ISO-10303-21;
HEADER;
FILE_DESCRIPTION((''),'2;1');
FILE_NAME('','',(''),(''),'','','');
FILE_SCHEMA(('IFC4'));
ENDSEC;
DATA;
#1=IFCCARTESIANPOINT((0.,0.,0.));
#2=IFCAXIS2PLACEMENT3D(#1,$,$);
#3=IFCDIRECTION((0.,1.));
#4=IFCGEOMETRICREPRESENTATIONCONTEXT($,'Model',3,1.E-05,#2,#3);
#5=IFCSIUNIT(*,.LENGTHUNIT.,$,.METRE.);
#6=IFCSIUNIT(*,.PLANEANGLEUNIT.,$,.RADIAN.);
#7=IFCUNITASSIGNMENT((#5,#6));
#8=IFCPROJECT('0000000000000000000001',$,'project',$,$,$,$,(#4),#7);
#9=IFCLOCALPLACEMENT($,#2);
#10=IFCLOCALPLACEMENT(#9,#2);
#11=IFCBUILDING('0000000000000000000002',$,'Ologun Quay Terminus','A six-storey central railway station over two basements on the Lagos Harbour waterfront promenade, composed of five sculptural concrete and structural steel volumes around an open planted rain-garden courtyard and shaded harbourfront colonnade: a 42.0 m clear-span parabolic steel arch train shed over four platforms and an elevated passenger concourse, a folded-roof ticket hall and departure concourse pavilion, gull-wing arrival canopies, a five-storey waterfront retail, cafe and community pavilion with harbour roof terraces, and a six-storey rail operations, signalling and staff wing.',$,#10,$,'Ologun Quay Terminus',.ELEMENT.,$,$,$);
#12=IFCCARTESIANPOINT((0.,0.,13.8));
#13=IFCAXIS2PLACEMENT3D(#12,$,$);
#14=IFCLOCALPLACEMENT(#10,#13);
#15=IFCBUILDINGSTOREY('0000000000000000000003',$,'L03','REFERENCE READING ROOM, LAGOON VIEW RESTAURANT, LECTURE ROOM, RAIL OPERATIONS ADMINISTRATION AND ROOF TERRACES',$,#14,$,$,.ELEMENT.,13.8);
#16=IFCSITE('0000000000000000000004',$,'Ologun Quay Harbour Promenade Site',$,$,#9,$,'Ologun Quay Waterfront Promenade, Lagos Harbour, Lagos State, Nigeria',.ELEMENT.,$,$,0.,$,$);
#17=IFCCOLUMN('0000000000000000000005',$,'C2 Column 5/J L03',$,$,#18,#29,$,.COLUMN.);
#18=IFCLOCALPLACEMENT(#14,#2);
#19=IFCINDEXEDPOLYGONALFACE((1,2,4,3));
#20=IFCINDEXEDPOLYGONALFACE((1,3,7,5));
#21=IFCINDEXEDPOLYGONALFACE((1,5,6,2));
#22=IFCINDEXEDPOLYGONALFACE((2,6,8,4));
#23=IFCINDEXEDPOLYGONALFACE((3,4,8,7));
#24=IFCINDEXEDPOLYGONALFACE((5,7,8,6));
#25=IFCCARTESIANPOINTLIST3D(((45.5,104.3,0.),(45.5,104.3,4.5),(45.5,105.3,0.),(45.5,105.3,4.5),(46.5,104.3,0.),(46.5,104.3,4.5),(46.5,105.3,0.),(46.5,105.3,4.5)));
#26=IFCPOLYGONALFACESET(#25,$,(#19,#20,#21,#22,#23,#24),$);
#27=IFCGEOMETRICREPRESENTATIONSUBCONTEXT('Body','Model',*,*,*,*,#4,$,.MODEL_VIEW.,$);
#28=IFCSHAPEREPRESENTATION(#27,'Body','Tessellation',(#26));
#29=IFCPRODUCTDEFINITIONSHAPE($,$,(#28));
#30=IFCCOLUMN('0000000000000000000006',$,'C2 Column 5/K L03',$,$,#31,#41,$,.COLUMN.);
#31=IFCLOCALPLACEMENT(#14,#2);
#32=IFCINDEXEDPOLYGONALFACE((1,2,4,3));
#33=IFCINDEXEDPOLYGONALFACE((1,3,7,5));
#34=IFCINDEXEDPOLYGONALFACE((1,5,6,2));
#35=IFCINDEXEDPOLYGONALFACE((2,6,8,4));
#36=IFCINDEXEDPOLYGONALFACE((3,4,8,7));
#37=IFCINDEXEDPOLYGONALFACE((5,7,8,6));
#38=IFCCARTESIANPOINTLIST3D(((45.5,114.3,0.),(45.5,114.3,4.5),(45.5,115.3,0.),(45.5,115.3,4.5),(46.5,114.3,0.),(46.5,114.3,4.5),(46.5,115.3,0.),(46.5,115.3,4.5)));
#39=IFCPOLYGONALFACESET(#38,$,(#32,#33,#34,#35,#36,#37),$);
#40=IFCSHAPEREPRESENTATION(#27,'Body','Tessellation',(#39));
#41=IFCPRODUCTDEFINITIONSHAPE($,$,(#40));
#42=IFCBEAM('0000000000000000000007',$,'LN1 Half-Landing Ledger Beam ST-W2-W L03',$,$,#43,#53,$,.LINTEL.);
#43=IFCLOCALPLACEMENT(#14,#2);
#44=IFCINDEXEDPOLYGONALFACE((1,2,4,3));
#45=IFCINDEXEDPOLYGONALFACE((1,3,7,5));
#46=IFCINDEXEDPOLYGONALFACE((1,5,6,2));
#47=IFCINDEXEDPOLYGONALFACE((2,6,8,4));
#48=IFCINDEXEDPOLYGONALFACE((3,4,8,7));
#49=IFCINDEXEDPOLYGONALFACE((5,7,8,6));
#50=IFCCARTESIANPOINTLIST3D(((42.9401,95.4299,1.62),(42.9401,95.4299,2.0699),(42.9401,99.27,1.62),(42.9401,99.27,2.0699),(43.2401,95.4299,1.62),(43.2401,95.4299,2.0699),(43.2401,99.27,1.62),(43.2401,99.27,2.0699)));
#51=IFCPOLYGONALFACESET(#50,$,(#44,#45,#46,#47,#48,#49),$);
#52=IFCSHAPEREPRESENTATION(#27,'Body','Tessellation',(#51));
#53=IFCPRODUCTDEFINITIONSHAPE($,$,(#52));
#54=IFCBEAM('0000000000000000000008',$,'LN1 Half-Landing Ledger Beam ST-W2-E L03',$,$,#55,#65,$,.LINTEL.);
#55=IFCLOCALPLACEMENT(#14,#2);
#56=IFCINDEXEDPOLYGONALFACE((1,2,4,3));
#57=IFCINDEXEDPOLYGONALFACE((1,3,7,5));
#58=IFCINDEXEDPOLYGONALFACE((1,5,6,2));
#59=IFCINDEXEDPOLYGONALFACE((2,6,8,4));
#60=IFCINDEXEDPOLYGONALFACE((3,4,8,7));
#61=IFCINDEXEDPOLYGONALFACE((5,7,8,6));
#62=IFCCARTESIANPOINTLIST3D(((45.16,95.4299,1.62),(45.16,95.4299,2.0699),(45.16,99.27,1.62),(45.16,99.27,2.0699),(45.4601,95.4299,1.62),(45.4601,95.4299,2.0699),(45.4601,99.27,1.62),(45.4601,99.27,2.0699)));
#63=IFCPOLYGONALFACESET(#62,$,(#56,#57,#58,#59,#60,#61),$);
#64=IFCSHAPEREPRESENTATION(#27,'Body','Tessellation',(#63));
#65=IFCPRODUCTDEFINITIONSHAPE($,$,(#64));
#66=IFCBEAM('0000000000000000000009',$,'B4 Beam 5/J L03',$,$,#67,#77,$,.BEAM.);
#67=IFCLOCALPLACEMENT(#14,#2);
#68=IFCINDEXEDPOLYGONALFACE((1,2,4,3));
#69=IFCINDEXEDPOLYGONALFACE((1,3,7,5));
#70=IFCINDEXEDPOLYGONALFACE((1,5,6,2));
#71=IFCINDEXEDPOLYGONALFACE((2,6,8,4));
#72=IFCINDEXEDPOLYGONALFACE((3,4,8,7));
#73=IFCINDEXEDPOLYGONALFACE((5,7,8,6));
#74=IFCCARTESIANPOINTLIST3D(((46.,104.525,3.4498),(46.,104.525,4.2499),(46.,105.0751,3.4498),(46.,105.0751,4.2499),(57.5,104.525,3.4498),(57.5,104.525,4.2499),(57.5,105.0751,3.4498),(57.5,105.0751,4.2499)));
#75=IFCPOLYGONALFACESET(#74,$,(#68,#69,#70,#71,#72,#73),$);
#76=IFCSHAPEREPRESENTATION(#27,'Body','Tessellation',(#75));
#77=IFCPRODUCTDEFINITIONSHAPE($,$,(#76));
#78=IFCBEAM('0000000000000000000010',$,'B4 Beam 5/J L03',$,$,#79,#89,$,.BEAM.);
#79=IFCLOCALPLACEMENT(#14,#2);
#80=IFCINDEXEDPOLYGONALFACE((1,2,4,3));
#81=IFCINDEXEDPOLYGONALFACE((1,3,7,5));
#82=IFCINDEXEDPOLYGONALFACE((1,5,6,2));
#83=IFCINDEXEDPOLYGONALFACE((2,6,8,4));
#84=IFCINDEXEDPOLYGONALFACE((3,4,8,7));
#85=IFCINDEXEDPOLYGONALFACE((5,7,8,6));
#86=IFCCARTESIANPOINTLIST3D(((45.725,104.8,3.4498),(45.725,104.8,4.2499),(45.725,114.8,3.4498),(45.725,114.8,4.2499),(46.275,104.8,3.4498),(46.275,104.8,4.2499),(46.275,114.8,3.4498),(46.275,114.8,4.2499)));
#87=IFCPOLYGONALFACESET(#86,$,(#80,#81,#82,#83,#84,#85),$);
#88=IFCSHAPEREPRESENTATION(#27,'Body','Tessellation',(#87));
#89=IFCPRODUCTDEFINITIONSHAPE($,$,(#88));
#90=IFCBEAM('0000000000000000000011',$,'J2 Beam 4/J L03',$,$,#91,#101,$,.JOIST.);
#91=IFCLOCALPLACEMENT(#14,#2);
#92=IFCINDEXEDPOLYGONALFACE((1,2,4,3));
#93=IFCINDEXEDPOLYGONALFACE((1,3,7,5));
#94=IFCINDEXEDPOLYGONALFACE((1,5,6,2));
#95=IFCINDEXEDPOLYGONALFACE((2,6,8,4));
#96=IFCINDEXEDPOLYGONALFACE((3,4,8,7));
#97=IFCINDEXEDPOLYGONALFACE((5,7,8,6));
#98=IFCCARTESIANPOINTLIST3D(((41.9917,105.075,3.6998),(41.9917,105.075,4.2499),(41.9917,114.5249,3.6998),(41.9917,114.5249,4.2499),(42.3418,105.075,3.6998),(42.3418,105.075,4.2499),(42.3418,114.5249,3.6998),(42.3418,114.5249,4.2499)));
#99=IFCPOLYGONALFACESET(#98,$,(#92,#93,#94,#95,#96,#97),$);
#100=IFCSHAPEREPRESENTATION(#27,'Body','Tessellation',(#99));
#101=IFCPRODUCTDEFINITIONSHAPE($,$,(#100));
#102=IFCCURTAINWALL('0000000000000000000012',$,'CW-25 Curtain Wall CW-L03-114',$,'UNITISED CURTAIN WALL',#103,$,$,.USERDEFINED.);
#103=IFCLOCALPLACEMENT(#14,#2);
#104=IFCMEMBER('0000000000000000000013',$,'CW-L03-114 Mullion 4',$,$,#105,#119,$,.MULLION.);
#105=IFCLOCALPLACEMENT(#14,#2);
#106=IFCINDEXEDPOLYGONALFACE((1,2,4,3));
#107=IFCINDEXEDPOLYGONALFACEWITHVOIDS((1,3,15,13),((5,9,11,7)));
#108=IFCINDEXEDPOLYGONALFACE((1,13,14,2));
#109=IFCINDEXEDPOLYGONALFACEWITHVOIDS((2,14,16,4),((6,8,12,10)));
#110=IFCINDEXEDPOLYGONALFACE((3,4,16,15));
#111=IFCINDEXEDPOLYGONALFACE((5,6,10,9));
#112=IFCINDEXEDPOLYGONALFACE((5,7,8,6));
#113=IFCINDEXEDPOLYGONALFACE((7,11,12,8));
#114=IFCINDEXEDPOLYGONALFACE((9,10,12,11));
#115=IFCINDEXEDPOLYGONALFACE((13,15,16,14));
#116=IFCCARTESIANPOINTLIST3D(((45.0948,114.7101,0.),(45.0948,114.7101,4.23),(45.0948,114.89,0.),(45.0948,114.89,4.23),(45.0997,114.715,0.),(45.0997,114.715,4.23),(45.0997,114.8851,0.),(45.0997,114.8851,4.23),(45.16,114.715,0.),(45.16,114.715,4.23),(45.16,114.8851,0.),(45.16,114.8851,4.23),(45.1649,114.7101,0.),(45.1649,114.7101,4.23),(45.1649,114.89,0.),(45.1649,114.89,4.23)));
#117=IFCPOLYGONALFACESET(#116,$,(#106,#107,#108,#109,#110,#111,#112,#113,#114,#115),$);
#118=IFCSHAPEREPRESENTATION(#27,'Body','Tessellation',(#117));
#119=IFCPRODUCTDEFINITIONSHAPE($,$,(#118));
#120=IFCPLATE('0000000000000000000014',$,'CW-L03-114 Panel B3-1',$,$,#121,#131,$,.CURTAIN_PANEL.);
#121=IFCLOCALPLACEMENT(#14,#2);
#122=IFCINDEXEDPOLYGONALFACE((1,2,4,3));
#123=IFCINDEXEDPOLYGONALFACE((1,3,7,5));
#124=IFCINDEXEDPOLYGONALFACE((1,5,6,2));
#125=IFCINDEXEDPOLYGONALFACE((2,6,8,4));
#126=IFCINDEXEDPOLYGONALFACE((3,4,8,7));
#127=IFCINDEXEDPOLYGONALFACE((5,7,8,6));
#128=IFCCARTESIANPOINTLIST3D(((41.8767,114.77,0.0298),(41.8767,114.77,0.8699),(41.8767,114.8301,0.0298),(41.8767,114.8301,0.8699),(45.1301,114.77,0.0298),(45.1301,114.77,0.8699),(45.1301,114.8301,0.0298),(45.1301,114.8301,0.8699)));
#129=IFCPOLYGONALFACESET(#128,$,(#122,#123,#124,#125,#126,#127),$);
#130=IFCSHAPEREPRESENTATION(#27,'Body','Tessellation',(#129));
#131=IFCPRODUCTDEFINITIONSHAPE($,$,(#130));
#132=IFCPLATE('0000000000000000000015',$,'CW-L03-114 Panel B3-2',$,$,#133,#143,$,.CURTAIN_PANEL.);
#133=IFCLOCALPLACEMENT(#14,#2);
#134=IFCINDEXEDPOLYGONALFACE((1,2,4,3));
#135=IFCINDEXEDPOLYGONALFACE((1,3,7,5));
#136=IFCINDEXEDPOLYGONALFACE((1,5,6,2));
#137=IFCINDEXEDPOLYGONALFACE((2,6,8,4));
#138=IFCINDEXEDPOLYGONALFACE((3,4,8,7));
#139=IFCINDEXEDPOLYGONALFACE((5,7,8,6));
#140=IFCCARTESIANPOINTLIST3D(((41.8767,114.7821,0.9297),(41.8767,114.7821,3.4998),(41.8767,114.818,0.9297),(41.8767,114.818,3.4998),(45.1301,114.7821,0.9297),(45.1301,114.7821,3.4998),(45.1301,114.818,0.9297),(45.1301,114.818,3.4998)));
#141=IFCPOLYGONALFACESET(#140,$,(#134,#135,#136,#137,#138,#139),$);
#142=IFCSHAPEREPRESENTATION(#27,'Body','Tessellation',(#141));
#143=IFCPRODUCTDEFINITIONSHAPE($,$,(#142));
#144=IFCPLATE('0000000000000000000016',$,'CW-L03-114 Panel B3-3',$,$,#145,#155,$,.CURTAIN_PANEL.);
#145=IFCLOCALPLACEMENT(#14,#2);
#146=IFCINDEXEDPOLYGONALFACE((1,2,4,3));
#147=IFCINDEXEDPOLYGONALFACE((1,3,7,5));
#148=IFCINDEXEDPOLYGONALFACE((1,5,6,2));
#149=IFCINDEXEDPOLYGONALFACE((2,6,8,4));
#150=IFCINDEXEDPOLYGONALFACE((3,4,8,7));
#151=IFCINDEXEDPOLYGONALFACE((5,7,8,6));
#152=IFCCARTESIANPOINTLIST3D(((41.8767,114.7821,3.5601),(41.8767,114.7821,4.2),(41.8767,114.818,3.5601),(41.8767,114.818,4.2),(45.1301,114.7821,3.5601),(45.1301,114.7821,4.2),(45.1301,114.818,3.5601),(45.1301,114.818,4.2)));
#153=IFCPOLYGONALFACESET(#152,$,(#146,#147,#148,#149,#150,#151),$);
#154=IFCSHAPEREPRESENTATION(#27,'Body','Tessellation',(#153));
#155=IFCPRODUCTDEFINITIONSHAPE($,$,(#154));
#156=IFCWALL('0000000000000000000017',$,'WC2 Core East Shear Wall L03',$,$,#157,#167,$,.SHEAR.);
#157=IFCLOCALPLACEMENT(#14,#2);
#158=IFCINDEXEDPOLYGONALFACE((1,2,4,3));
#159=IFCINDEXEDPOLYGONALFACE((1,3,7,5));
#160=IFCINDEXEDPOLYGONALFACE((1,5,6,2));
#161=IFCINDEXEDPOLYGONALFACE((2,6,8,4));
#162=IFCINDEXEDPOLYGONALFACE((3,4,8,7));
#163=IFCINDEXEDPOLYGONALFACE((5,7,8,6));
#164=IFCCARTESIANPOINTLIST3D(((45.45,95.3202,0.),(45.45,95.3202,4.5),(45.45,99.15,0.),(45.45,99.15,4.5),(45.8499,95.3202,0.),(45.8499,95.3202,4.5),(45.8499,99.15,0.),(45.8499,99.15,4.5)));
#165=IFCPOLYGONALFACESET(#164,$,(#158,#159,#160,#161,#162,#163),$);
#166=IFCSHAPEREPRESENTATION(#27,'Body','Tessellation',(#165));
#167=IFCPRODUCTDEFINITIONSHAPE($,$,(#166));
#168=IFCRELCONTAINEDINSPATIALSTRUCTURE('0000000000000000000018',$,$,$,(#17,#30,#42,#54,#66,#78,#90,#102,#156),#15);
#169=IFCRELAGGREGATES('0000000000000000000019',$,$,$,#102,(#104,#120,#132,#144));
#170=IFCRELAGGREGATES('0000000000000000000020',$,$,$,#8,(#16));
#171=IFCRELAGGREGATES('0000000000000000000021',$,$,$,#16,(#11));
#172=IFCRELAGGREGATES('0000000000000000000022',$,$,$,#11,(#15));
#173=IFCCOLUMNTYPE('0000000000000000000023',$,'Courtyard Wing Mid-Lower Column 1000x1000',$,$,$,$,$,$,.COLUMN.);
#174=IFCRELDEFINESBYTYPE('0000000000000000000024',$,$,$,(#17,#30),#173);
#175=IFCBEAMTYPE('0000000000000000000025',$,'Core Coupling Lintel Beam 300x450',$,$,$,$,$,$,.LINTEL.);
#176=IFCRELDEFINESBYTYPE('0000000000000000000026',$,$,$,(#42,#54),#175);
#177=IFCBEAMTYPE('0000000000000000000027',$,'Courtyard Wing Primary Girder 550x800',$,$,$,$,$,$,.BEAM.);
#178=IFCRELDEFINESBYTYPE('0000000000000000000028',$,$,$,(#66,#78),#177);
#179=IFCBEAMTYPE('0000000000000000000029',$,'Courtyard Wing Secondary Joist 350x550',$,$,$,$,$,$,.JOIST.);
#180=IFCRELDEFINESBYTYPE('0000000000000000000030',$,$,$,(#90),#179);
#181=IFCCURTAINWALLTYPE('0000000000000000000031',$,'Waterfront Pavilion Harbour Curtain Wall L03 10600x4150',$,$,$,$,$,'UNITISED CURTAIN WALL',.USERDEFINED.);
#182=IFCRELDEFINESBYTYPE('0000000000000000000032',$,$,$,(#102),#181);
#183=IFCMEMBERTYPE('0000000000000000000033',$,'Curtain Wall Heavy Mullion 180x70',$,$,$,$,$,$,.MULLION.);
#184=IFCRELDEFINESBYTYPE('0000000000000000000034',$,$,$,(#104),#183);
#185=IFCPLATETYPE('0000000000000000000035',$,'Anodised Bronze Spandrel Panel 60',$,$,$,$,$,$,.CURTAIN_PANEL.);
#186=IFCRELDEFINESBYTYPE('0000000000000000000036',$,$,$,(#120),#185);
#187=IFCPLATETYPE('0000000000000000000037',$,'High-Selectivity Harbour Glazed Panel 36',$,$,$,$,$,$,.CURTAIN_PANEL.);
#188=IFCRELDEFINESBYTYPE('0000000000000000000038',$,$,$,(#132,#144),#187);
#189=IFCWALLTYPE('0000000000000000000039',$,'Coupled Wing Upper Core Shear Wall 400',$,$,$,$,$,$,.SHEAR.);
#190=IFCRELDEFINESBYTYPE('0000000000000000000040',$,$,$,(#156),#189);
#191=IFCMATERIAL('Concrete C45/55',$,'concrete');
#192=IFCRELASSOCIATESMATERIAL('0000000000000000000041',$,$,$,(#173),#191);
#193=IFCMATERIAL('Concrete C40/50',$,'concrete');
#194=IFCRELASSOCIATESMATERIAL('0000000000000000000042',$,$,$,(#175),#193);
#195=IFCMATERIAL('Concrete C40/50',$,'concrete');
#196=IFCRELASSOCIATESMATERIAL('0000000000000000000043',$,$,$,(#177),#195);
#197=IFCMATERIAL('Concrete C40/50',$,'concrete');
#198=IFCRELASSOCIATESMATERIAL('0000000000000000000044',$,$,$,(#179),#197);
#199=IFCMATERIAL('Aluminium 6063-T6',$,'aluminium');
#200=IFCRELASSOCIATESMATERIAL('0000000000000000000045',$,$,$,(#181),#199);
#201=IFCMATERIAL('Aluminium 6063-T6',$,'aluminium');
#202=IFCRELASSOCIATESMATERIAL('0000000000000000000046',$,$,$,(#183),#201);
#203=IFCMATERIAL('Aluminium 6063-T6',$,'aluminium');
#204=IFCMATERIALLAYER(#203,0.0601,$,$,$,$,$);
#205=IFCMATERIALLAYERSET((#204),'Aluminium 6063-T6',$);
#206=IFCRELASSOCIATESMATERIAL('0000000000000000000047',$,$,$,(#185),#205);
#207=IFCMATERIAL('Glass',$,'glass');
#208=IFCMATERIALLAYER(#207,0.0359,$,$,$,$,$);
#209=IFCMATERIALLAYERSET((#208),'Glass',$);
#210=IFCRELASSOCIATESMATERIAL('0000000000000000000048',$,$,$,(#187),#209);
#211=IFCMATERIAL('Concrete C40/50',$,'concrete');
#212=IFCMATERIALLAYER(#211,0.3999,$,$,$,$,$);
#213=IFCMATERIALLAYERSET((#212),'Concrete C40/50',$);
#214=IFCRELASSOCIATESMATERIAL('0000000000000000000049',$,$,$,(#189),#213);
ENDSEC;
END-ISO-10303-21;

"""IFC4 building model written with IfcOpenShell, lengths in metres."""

from ifc_helpers import new_model, si_unit, direction, frame, frame_2d, origin, origin_2d, place, context, subcontext, project, spatial, rectangle, hollow_rectangle, extrude, material, layer, layer_set, material_profile, profile_set, type_object, element, aggregate, save


model = new_model("IFC4")

# Units and contexts
model_context = context("Model", 3, precision=1e-05, world=origin(), true_north=direction((0.0, 1.0)))
body_context = subcontext(model_context, "Body", "Model", "MODEL_VIEW")
ifc_project = project(units=[si_unit("LENGTHUNIT", "METRE"), si_unit("PLANEANGLEUNIT", "RADIAN")], contexts=[model_context])

# Site, building, storey
site_placement = place(None, origin())
site = spatial("IfcSite", under=ifc_project, at=site_placement, Name="Ologun Quay Harbour Promenade Site", LongName="Ologun Quay Waterfront Promenade, Lagos Harbour, Lagos State, Nigeria", CompositionType="ELEMENT", RefElevation=0.0)
building_placement = place(site_placement, origin())
building = spatial("IfcBuilding", under=site, at=building_placement, Name="Ologun Quay Terminus", Description="A six-storey central railway station over two basements on the Lagos Harbour waterfront promenade, composed of five sculptural concrete and structural steel volumes around an open planted rain-garden courtyard and shaded harbourfront colonnade: a 42.0 m clear-span parabolic steel arch train shed over four platforms and an elevated passenger concourse, a folded-roof ticket hall and departure concourse pavilion, gull-wing arrival canopies, a five-storey waterfront retail, cafe and community pavilion with harbour roof terraces, and a six-storey rail operations, signalling and staff wing.", LongName="Ologun Quay Terminus", CompositionType="ELEMENT")
storey_placement = place(building_placement, frame((0.0, 0.0, 13.8)))
storey = spatial("IfcBuildingStorey", under=building, at=storey_placement, Name="L03", Description="REFERENCE READING ROOM, LAGOON VIEW RESTAURANT, LECTURE ROOM, RAIL OPERATIONS ADMINISTRATION AND ROOF TERRACES", CompositionType="ELEMENT", Elevation=13.8)

# Columns
ifc_material_1 = material(Name="Concrete C45/55", Category="concrete")
ifc_material_profile_1 = material_profile(ifc_material_1, rectangle(XDim=1.0, YDim=1.0, at=origin_2d()), Name="RC 1000x1000")
ifc_profile_set_1 = profile_set([ifc_material_profile_1], Name="Concrete C45/55")
column_type = type_object("IfcColumnType", Name="Courtyard Wing Mid-Lower Column 1000x1000", PredefinedType="COLUMN", material=ifc_profile_set_1)
for number, where, z_axis, x_axis, name in (
    (1, (46.0, 104.8, 0.0), (0.0, 0.0, 1.0), (1.0, 0.0, 0.0), "C2 Column 5/J L03"),
    (2, (46.0, 114.8, 0.0), (0.0, 0.0, 1.0), (1.0, 0.0, 0.0), "C2 Column 5/K L03"),
):
    element("IfcColumn", number, at=place(storey_placement, frame(where, z_axis=z_axis, x_axis=x_axis)), inside=storey, type_object=column_type, Name=name, PredefinedType="COLUMN", context=body_context, shape_type="SweptSolid", body=[
        extrude(rectangle(XDim=1.0, YDim=1.0, at=origin_2d()), origin(), (0.0, 0.0, 1.0), 4.5),
    ])

# Beams
ifc_material_2 = material(Name="Concrete C40/50", Category="concrete")
ifc_material_profile_2 = material_profile(ifc_material_2, rectangle(XDim=0.3, YDim=0.45, at=origin_2d()), Name="RC 300x450")
ifc_profile_set_2 = profile_set([ifc_material_profile_2], Name="Concrete C40/50")
beam_type_1 = type_object("IfcBeamType", Name="Core Coupling Lintel Beam 300x450", PredefinedType="LINTEL", material=ifc_profile_set_2)
for number, where, z_axis, x_axis, name in (
    (3, (43.0901, 95.4299, 1.845), (0.0, 1.0, 0.0), (-1.0, 0.0, 0.0), "LN1 Half-Landing Ledger Beam ST-W2-W L03"),
    (4, (45.3101, 95.4299, 1.845), (0.0, 1.0, 0.0), (-1.0, 0.0, 0.0), "LN1 Half-Landing Ledger Beam ST-W2-E L03"),
):
    element("IfcBeam", number, at=place(storey_placement, frame(where, z_axis=z_axis, x_axis=x_axis)), inside=storey, type_object=beam_type_1, Name=name, PredefinedType="LINTEL", context=body_context, shape_type="SweptSolid", body=[
        extrude(rectangle(XDim=0.3, YDim=0.45, at=origin_2d()), origin(), (0.0, 0.0, 1.0), 3.8401),
    ])
ifc_material_3 = material(Name="Concrete C40/50", Category="concrete")
ifc_material_profile_3 = material_profile(ifc_material_3, rectangle(XDim=0.55, YDim=0.8, at=origin_2d()), Name="RC 550x800")
ifc_profile_set_3 = profile_set([ifc_material_profile_3], Name="Concrete C40/50")
beam_type_2 = type_object("IfcBeamType", Name="Courtyard Wing Primary Girder 550x800", PredefinedType="BEAM", material=ifc_profile_set_3)
beam_1_placement = place(storey_placement, frame((46.0, 104.8, 3.8499), z_axis=(1.0, 0.0, 0.0), x_axis=(0.0, 1.0, 0.0)))
element("IfcBeam", 5, at=beam_1_placement, inside=storey, type_object=beam_type_2, Name="B4 Beam 5/J L03", PredefinedType="BEAM", context=body_context, shape_type="SweptSolid", body=[
    extrude(rectangle(XDim=0.55, YDim=0.8, at=origin_2d()), origin(), (0.0, 0.0, 1.0), 11.5),
])
beam_2_placement = place(storey_placement, frame((46.0, 104.8, 3.8499), z_axis=(0.0, 1.0, 0.0), x_axis=(-1.0, 0.0, 0.0)))
element("IfcBeam", 6, at=beam_2_placement, inside=storey, type_object=beam_type_2, Name="B4 Beam 5/J L03", PredefinedType="BEAM", context=body_context, shape_type="SweptSolid", body=[
    extrude(rectangle(XDim=0.55, YDim=0.8, at=origin_2d()), origin(), (0.0, 0.0, 1.0), 10.0),
])
ifc_material_4 = material(Name="Concrete C40/50", Category="concrete")
ifc_material_profile_4 = material_profile(ifc_material_4, rectangle(XDim=0.3501, YDim=0.55, at=origin_2d()), Name="RC 350x550")
ifc_profile_set_4 = profile_set([ifc_material_profile_4], Name="Concrete C40/50")
beam_type_3 = type_object("IfcBeamType", Name="Courtyard Wing Secondary Joist 350x550", PredefinedType="JOIST", material=ifc_profile_set_4)
beam_3_placement = place(storey_placement, frame((42.1667, 105.075, 3.9749), z_axis=(0.0, 1.0, 0.0), x_axis=(-1.0, 0.0, 0.0)))
element("IfcBeam", 7, at=beam_3_placement, inside=storey, type_object=beam_type_3, Name="J2 Beam 4/J L03", PredefinedType="JOIST", context=body_context, shape_type="SweptSolid", body=[
    extrude(rectangle(XDim=0.3501, YDim=0.55, at=origin_2d()), origin(), (0.0, 0.0, 1.0), 9.45),
])

# Curtain wall, member, plates
ifc_material_5 = material(Name="Aluminium 6063-T6", Category="aluminium")
curtain_wall_type = type_object("IfcCurtainWallType", Name="Waterfront Pavilion Harbour Curtain Wall L03 10600x4150", ElementType="UNITISED CURTAIN WALL", PredefinedType="USERDEFINED", material=ifc_material_5)
curtain_wall_placement = place(storey_placement, origin())
curtain_wall = element("IfcCurtainWall", 8, at=curtain_wall_placement, inside=storey, type_object=curtain_wall_type, Name="CW-25 Curtain Wall CW-L03-114", ObjectType="UNITISED CURTAIN WALL", PredefinedType="USERDEFINED")
ifc_material_6 = material(Name="Aluminium 6063-T6", Category="aluminium")
ifc_material_profile_5 = material_profile(ifc_material_6, hollow_rectangle(XDim=0.0701, YDim=0.1799, WallThickness=0.0049, at=origin_2d()), Name="ALU 180x70x5")
ifc_profile_set_5 = profile_set([ifc_material_profile_5], Name="Aluminium 6063-T6")
member_type = type_object("IfcMemberType", Name="Curtain Wall Heavy Mullion 180x70", PredefinedType="MULLION", material=ifc_profile_set_5)
member_placement = place(storey_placement, frame((45.1299, 114.8, 0.0), z_axis=(0.0, 0.0, 1.0), x_axis=(1.0, 0.0, 0.0)))
member = element("IfcMember", 9, at=member_placement, type_object=member_type, Name="CW-L03-114 Mullion 4", PredefinedType="MULLION", context=body_context, shape_type="SweptSolid", body=[
    extrude(hollow_rectangle(XDim=0.0701, YDim=0.1799, WallThickness=0.0049, at=origin_2d()), origin(), (0.0, 0.0, 1.0), 4.23),
])
ifc_material_7 = material(Name="Aluminium 6063-T6", Category="aluminium")
ifc_layer_1 = layer(ifc_material_7, 0.0601)
ifc_layer_set_1 = layer_set([ifc_layer_1], Name="Aluminium 6063-T6")
plate_type_1 = type_object("IfcPlateType", Name="Anodised Bronze Spandrel Panel 60", PredefinedType="CURTAIN_PANEL", material=ifc_layer_set_1)
plate_1_placement = place(storey_placement, frame((43.5034, 114.8, 0.0298), z_axis=(0.0, 0.0, 1.0), x_axis=(1.0, 0.0, 0.0)))
plate_1 = element("IfcPlate", 10, at=plate_1_placement, type_object=plate_type_1, Name="CW-L03-114 Panel B3-1", PredefinedType="CURTAIN_PANEL", context=body_context, shape_type="SweptSolid", body=[
    extrude(rectangle(XDim=3.2534, YDim=0.0601, at=origin_2d()), origin(), (0.0, 0.0, 1.0), 0.8401),
])
ifc_material_8 = material(Name="Glass", Category="glass")
ifc_layer_2 = layer(ifc_material_8, 0.0359)
ifc_layer_set_2 = layer_set([ifc_layer_2], Name="Glass")
plate_type_2 = type_object("IfcPlateType", Name="High-Selectivity Harbour Glazed Panel 36", PredefinedType="CURTAIN_PANEL", material=ifc_layer_set_2)
plate_2_placement = place(storey_placement, frame((43.5034, 114.8, 0.9297), z_axis=(0.0, 0.0, 1.0), x_axis=(1.0, 0.0, 0.0)))
plate_2 = element("IfcPlate", 11, at=plate_2_placement, type_object=plate_type_2, Name="CW-L03-114 Panel B3-2", PredefinedType="CURTAIN_PANEL", context=body_context, shape_type="SweptSolid", body=[
    extrude(rectangle(XDim=3.2534, YDim=0.0359, at=origin_2d()), origin(), (0.0, 0.0, 1.0), 2.5701),
])
plate_3_placement = place(storey_placement, frame((43.5034, 114.8, 3.5601), z_axis=(0.0, 0.0, 1.0), x_axis=(1.0, 0.0, 0.0)))
plate_3 = element("IfcPlate", 12, at=plate_3_placement, type_object=plate_type_2, Name="CW-L03-114 Panel B3-3", PredefinedType="CURTAIN_PANEL", context=body_context, shape_type="SweptSolid", body=[
    extrude(rectangle(XDim=3.2534, YDim=0.0359, at=origin_2d()), origin(), (0.0, 0.0, 1.0), 0.6399),
])
aggregate(curtain_wall, [member, plate_1, plate_2, plate_3])

# Wall
ifc_material_9 = material(Name="Concrete C40/50", Category="concrete")
ifc_layer_3 = layer(ifc_material_9, 0.3999)
ifc_layer_set_3 = layer_set([ifc_layer_3], Name="Concrete C40/50")
wall_type_1 = type_object("IfcWallType", Name="Coupled Wing Upper Core Shear Wall 400", PredefinedType="SHEAR", material=ifc_layer_set_3)
wall_1_placement = place(storey_placement, frame((45.6499, 95.3201, 0.0), z_axis=(0.0, 0.0, 1.0), x_axis=(0.0, 1.0, 0.0)))
element("IfcWall", 13, at=wall_1_placement, inside=storey, type_object=wall_type_1, Name="WC2 Core East Shear Wall L03", PredefinedType="SHEAR", context=body_context, shape_type="SweptSolid", body=[
    extrude(rectangle(XDim=3.8298, YDim=0.3999, at=frame_2d((1.915, 0.0))), origin(), (0.0, 0.0, 1.0), 4.5),
])

save(model, "model.ifc")
